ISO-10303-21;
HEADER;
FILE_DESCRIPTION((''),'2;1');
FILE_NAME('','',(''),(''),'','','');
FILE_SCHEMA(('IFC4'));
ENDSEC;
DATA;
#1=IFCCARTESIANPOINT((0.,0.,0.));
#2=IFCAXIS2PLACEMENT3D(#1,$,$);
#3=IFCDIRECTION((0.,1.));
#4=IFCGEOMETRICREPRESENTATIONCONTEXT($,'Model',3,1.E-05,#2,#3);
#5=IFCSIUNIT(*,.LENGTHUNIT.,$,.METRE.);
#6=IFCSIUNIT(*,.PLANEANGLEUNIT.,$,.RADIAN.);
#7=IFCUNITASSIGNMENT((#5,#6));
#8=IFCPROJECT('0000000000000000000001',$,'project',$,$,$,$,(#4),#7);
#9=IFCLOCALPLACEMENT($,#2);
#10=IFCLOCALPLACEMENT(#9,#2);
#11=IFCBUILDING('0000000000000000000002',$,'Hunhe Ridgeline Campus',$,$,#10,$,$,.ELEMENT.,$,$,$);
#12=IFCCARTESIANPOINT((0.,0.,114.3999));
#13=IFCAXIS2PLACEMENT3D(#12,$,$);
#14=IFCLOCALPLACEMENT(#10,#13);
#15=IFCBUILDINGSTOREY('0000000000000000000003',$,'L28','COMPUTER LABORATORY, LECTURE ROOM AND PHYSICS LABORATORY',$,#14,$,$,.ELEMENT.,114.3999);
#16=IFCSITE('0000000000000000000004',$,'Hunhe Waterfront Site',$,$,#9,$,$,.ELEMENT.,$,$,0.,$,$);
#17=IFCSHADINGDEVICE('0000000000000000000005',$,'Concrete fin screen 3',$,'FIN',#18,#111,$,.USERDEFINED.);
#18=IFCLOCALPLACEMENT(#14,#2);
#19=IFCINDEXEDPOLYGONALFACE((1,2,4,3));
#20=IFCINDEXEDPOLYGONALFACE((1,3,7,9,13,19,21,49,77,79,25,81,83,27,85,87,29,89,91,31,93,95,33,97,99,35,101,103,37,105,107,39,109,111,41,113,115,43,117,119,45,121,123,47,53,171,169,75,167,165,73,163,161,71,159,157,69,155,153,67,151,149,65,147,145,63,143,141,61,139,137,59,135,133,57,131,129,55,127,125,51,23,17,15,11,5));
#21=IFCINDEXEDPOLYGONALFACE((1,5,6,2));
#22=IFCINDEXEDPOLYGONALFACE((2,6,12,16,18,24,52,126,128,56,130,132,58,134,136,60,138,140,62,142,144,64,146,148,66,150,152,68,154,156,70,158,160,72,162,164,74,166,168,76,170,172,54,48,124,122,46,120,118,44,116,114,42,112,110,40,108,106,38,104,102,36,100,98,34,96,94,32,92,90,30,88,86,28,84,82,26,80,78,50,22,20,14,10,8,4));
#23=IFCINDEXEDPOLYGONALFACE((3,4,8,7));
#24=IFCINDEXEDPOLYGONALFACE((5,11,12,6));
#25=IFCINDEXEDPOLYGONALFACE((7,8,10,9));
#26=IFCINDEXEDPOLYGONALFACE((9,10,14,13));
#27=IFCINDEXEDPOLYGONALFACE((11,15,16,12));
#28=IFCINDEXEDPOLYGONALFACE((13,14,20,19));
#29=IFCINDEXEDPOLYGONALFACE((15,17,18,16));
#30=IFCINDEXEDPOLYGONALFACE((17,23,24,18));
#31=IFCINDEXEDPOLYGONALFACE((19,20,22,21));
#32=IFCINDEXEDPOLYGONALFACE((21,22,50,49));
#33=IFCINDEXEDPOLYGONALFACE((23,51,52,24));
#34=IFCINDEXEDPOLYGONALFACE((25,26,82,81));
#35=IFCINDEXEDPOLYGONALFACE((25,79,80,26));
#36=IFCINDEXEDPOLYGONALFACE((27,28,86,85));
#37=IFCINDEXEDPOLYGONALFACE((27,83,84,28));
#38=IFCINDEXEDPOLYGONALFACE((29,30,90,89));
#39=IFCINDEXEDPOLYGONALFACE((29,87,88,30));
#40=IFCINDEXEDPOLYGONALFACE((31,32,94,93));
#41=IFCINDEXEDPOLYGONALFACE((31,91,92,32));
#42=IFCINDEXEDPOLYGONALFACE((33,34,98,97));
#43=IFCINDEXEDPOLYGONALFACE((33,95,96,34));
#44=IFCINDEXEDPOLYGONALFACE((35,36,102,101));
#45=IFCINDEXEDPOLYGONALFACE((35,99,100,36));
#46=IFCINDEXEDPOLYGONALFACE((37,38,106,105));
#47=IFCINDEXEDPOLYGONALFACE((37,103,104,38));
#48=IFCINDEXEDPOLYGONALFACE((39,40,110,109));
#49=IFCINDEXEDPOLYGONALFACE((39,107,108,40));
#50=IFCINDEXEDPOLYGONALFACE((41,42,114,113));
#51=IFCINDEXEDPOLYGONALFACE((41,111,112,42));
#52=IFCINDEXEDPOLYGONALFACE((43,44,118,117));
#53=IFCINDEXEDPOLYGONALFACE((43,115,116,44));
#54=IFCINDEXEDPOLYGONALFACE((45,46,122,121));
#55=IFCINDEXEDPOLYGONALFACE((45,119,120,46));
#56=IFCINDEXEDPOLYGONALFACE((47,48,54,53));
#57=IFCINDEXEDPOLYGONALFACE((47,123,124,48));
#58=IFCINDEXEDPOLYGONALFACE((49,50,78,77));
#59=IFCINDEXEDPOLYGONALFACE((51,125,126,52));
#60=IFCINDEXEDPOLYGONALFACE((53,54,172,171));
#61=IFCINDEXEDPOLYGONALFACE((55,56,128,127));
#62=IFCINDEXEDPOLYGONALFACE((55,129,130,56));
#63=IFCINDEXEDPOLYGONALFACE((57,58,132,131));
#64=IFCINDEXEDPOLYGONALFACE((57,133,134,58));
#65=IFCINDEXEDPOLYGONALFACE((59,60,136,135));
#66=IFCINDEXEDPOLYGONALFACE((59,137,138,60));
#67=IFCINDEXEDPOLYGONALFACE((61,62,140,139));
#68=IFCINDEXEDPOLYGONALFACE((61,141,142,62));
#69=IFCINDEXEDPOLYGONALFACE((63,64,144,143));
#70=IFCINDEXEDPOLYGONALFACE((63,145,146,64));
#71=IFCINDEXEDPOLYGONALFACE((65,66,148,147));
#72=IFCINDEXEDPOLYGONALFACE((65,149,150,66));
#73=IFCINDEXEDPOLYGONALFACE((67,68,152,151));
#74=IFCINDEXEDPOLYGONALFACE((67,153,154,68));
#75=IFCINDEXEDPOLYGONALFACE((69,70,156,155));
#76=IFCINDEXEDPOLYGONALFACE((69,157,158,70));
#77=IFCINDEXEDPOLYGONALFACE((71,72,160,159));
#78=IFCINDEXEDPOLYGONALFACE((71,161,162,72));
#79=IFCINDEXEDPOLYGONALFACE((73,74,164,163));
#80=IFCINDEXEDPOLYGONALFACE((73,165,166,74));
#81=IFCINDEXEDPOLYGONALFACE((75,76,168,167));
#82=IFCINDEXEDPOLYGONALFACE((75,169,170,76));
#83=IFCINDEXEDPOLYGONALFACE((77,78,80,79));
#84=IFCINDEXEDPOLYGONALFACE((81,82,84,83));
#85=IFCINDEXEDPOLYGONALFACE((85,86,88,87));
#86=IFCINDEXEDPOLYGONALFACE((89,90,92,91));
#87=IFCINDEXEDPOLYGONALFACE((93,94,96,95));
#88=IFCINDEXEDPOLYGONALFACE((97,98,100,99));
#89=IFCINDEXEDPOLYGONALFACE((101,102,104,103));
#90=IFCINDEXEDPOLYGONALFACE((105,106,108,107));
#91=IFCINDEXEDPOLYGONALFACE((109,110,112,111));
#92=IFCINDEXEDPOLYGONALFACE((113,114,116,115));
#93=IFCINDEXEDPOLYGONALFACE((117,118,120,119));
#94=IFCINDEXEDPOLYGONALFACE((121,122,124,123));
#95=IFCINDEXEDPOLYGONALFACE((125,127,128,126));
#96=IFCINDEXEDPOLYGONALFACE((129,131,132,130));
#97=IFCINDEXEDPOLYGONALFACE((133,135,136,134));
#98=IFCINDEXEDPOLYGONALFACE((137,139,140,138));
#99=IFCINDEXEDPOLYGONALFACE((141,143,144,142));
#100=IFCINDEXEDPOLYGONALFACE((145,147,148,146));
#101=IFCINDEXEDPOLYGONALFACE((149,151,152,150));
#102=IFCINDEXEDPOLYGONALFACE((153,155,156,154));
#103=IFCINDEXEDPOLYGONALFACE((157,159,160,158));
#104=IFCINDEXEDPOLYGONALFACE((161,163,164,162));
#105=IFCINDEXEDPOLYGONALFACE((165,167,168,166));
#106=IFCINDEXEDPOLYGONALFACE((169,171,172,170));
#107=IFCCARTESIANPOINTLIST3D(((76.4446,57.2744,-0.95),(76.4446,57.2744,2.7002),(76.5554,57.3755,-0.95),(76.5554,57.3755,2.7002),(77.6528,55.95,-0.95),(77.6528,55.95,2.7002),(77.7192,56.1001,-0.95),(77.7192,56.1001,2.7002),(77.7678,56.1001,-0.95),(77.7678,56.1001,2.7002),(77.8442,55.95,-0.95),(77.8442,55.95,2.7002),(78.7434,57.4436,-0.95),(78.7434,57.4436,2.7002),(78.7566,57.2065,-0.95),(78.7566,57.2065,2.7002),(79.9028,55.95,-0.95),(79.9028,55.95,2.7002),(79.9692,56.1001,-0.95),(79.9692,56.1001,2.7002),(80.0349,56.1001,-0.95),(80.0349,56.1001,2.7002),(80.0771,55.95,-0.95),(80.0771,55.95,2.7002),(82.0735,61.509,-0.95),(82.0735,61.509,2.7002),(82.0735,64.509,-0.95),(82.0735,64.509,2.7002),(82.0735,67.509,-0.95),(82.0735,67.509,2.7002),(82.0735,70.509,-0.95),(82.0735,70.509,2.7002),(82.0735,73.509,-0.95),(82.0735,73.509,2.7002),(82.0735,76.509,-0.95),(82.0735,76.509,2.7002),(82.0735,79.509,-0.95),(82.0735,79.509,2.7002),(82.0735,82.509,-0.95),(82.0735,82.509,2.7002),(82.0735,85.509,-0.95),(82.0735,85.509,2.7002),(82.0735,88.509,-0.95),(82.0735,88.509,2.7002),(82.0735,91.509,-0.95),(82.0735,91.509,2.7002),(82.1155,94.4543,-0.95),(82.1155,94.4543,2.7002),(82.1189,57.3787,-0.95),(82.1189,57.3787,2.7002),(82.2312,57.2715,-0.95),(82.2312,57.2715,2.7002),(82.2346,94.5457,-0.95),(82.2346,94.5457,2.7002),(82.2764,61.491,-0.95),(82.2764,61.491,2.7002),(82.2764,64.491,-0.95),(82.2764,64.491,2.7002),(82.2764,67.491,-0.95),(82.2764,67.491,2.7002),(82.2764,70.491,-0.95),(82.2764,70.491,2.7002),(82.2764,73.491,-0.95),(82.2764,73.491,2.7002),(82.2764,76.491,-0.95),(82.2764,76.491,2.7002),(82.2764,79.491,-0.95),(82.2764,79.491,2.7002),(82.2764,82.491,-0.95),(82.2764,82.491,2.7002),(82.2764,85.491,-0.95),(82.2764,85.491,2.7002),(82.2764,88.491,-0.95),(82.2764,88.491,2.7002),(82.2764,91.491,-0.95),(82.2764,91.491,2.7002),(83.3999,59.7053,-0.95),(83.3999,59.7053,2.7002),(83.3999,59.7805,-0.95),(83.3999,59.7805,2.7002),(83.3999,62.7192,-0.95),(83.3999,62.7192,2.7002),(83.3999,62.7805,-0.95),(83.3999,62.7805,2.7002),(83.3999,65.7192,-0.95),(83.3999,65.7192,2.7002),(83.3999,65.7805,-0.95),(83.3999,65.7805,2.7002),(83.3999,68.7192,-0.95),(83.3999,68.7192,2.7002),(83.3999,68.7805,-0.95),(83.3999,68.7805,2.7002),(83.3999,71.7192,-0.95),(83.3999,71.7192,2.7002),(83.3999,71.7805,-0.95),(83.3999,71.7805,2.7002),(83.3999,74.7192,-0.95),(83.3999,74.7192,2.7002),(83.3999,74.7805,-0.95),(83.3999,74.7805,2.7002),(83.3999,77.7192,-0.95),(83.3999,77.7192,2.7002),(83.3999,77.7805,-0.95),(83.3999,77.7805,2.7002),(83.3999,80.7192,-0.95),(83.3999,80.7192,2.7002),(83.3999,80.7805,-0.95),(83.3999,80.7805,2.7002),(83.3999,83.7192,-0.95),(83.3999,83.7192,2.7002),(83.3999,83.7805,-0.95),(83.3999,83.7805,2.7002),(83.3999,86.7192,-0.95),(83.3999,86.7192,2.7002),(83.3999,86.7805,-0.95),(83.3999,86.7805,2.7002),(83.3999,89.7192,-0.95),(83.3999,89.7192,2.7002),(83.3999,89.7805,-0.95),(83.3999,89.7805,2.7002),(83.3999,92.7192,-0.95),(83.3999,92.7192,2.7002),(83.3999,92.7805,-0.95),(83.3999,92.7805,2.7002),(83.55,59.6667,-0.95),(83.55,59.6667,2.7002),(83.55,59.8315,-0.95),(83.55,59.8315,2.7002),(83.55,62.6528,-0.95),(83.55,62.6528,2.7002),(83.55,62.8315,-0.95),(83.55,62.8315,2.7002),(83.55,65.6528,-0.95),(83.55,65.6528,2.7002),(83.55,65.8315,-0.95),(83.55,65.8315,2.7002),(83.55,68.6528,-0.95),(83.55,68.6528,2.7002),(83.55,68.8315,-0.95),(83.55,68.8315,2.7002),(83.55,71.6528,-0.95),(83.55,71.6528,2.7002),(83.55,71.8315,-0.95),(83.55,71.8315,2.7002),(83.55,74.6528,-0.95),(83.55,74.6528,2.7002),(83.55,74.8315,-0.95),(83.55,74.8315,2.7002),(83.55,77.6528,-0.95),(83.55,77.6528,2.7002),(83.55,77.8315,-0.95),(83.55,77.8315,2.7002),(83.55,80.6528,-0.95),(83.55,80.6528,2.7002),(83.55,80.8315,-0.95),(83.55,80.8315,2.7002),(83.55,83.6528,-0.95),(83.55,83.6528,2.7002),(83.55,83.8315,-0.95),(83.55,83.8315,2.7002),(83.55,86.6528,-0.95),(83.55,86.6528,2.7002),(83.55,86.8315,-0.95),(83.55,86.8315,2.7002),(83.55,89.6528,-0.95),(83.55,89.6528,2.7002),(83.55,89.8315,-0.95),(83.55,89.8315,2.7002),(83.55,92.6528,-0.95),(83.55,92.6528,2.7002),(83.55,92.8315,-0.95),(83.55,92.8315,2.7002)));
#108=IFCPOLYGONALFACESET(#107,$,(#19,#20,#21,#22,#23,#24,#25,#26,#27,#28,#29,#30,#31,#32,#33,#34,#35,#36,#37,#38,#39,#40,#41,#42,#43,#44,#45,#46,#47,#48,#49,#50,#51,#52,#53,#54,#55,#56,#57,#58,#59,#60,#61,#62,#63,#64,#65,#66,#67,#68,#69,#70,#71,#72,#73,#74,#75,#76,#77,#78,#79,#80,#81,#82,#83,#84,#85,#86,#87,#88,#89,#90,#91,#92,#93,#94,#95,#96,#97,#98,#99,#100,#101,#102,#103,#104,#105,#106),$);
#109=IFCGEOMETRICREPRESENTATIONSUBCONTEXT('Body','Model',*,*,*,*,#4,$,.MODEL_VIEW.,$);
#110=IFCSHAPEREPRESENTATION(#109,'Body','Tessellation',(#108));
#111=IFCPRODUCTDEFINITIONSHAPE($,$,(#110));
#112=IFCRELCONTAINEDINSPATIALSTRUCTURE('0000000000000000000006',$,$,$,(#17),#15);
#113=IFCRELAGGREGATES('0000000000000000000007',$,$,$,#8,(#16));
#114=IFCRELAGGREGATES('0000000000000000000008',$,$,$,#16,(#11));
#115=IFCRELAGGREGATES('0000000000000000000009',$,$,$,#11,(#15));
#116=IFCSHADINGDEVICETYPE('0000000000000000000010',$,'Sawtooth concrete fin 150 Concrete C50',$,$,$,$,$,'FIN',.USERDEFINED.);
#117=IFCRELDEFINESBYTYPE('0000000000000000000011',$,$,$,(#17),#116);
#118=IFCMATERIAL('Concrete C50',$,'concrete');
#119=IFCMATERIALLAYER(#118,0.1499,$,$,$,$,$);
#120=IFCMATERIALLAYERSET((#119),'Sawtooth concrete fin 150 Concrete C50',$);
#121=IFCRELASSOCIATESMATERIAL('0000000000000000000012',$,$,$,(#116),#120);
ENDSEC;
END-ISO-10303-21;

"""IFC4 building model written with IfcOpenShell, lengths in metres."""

from ifc_helpers import new_model, si_unit, direction, frame, origin, place, context, subcontext, project, spatial, polyline, outline, extrude, material, layer, layer_set, type_object, element, save


model = new_model("IFC4")

# Units and contexts
model_context = context("Model", 3, precision=1e-05, world=origin(), true_north=direction((0.0, 1.0)))
body_context = subcontext(model_context, "Body", "Model", "MODEL_VIEW")
ifc_project = project(units=[si_unit("LENGTHUNIT", "METRE"), si_unit("PLANEANGLEUNIT", "RADIAN")], contexts=[model_context])

# Site, building, storey
site_placement = place(None, origin())
site = spatial("IfcSite", under=ifc_project, at=site_placement, Name="Hunhe Waterfront Site", CompositionType="ELEMENT", RefElevation=0.0)
building_placement = place(site_placement, origin())
building = spatial("IfcBuilding", under=site, at=building_placement, Name="Hunhe Ridgeline Campus", CompositionType="ELEMENT")
storey_placement = place(building_placement, frame((0.0, 0.0, 114.3999)))
storey = spatial("IfcBuildingStorey", under=building, at=storey_placement, Name="L28", Description="COMPUTER LABORATORY, LECTURE ROOM AND PHYSICS LABORATORY", CompositionType="ELEMENT", Elevation=114.3999)

# Shading device
ifc_material_1 = material(Name="Concrete C50", Category="concrete")
ifc_layer_1 = layer(ifc_material_1, 0.1499)
ifc_layer_set_1 = layer_set([ifc_layer_1], Name="Sawtooth concrete fin 150 Concrete C50")
shading_device_type = type_object("IfcShadingDeviceType", Name="Sawtooth concrete fin 150 Concrete C50", ElementType="FIN", PredefinedType="USERDEFINED", material=ifc_layer_set_1)
shading_device_1_placement = place(storey_placement, frame((0.0, 0.0, -0.95)))
element("IfcShadingDevice", 1, at=shading_device_1_placement, inside=storey, type_object=shading_device_type, Name="Concrete fin screen 3", ObjectType="FIN", PredefinedType="USERDEFINED", context=body_context, shape_type="SweptSolid", body=[
    extrude(outline(polyline([(76.5554, 57.3755), (76.4446, 57.2744), (77.6528, 55.95), (77.8442, 55.95), (78.7566, 57.2065), (79.9028, 55.95), (80.0771, 55.95), (82.2312, 57.2715), (83.55, 59.6667), (83.55, 59.8315), (82.2764, 61.491), (83.55, 62.6528), (83.55, 62.8315), (82.2764, 64.491), (83.55, 65.6528), (83.55, 65.8315), (82.2764, 67.491), (83.55, 68.6528), (83.55, 68.8315), (82.2764, 70.491), (83.55, 71.6528), (83.55, 71.8315), (82.2764, 73.491), (83.55, 74.6528), (83.55, 74.8315), (82.2764, 76.491), (83.55, 77.6528), (83.55, 77.8315), (82.2764, 79.491), (83.55, 80.6528), (83.55, 80.8315), (82.2764, 82.491), (83.55, 83.6528), (83.55, 83.8315), (82.2764, 85.491), (83.55, 86.6528), (83.55, 86.8315), (82.2764, 88.491), (83.55, 89.6528), (83.55, 89.8315), (82.2764, 91.491), (83.55, 92.6528), (83.55, 92.8315), (82.2346, 94.5457), (82.1155, 94.4543), (83.3999, 92.7805), (83.3999, 92.7192), (82.0735, 91.509), (83.3999, 89.7805), (83.3999, 89.7192), (82.0735, 88.509), (83.3999, 86.7805), (83.3999, 86.7192), (82.0735, 85.509), (83.3999, 83.7805), (83.3999, 83.7192), (82.0735, 82.509), (83.3999, 80.7805), (83.3999, 80.7192), (82.0735, 79.509), (83.3999, 77.7805), (83.3999, 77.7192), (82.0735, 76.509), (83.3999, 74.7805), (83.3999, 74.7192), (82.0735, 73.509), (83.3999, 71.7805), (83.3999, 71.7192), (82.0735, 70.509), (83.3999, 68.7805), (83.3999, 68.7192), (82.0735, 67.509), (83.3999, 65.7805), (83.3999, 65.7192), (82.0735, 64.509), (83.3999, 62.7805), (83.3999, 62.7192), (82.0735, 61.509), (83.3999, 59.7805), (83.3999, 59.7053), (82.1189, 57.3787), (80.0349, 56.1001), (79.9692, 56.1001), (78.7434, 57.4436), (77.7678, 56.1001), (77.7192, 56.1001), (76.5554, 57.3755)])), origin(), (0.0, 0.0, 1.0), 3.6501),
])

save(model, "model.ifc")
